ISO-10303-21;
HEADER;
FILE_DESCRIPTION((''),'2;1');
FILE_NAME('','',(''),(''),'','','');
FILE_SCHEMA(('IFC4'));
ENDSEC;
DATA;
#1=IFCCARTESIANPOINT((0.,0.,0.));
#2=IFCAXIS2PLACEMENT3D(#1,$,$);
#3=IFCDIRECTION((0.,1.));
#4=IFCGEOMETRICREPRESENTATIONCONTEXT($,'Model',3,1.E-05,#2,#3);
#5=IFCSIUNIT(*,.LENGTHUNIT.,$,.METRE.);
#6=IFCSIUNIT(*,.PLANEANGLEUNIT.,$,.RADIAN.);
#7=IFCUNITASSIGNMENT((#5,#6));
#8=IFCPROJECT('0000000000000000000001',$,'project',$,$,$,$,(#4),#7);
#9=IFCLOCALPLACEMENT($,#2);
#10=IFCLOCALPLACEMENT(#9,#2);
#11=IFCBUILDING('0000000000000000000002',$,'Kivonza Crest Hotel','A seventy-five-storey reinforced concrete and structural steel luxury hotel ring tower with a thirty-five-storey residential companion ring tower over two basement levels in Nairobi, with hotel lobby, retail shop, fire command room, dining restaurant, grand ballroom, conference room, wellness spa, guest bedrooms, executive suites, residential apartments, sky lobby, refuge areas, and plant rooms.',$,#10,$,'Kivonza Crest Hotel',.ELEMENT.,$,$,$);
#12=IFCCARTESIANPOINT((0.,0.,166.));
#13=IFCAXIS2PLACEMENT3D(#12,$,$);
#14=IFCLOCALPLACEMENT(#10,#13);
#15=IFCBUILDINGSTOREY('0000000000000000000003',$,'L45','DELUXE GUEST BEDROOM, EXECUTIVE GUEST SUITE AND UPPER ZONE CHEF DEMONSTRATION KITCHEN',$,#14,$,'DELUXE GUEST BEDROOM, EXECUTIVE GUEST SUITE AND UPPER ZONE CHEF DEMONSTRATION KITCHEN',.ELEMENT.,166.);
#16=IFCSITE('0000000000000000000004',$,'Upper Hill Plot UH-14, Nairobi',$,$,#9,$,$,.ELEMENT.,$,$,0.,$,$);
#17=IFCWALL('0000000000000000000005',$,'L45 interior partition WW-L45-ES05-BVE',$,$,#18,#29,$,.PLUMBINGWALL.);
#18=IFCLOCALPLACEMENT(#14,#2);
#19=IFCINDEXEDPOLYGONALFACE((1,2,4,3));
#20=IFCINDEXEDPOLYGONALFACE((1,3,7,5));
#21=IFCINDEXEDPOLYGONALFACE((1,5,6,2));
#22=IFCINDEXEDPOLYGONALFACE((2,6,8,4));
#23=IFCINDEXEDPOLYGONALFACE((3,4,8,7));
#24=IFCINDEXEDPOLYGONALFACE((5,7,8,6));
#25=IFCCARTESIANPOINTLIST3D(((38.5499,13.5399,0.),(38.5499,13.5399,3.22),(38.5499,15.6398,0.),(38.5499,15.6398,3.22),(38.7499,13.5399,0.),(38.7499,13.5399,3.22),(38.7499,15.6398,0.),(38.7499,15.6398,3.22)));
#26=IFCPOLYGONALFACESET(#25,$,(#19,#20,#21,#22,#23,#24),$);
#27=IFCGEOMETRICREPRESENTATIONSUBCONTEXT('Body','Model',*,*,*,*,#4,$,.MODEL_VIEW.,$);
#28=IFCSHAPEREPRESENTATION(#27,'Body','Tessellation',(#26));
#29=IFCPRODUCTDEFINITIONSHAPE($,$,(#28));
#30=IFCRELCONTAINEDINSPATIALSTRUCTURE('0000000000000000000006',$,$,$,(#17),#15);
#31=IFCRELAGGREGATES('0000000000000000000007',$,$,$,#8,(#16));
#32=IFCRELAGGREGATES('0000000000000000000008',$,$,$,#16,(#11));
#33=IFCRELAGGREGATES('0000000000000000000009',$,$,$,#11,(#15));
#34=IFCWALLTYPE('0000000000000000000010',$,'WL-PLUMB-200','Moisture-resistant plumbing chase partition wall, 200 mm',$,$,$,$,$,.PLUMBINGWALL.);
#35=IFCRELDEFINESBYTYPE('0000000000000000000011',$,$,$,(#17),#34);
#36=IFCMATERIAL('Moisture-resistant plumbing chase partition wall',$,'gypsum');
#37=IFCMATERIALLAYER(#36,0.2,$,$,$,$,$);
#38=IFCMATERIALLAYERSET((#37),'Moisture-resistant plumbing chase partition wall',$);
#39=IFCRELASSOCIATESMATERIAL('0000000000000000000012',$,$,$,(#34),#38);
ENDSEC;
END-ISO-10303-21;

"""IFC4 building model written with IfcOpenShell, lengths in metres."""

from ifc_helpers import new_model, si_unit, direction, frame, frame_2d, origin, place, context, subcontext, project, spatial, rectangle, extrude, material, layer, layer_set, type_object, element, save


model = new_model("IFC4")

# Units and contexts
model_context = context("Model", 3, precision=1e-05, world=origin(), true_north=direction((0.0, 1.0)))
body_context = subcontext(model_context, "Body", "Model", "MODEL_VIEW")
ifc_project = project(units=[si_unit("LENGTHUNIT", "METRE"), si_unit("PLANEANGLEUNIT", "RADIAN")], contexts=[model_context])

# Site, building, storey
site_placement = place(None, origin())
site = spatial("IfcSite", under=ifc_project, at=site_placement, Name="Upper Hill Plot UH-14, Nairobi", CompositionType="ELEMENT", RefElevation=0.0)
building_placement = place(site_placement, origin())
building = spatial("IfcBuilding", under=site, at=building_placement, Name="Kivonza Crest Hotel", Description="A seventy-five-storey reinforced concrete and structural steel luxury hotel ring tower with a thirty-five-storey residential companion ring tower over two basement levels in Nairobi, with hotel lobby, retail shop, fire command room, dining restaurant, grand ballroom, conference room, wellness spa, guest bedrooms, executive suites, residential apartments, sky lobby, refuge areas, and plant rooms.", LongName="Kivonza Crest Hotel", CompositionType="ELEMENT")
storey_placement = place(building_placement, frame((0.0, 0.0, 166.0)))
storey = spatial("IfcBuildingStorey", under=building, at=storey_placement, Name="L45", Description="DELUXE GUEST BEDROOM, EXECUTIVE GUEST SUITE AND UPPER ZONE CHEF DEMONSTRATION KITCHEN", LongName="DELUXE GUEST BEDROOM, EXECUTIVE GUEST SUITE AND UPPER ZONE CHEF DEMONSTRATION KITCHEN", CompositionType="ELEMENT", Elevation=166.0)

# Shared definitions
ifc_material_1 = material(Name="Moisture-resistant plumbing chase partition wall", Category="gypsum")
ifc_layer_1 = layer(ifc_material_1, 0.2)
ifc_layer_set_1 = layer_set([ifc_layer_1], Name="Moisture-resistant plumbing chase partition wall")
wall_type_1 = type_object("IfcWallType", Name="WL-PLUMB-200", Description="Moisture-resistant plumbing chase partition wall, 200 mm", PredefinedType="PLUMBINGWALL", material=ifc_layer_set_1)

# Wall
wall_1_placement = place(storey_placement, frame((38.6499, 13.54, 0.0), z_axis=(0.0, 0.0, 1.0), x_axis=(0.0, 1.0, 0.0)))
element("IfcWall", 1, at=wall_1_placement, inside=storey, type_object=wall_type_1, Name="L45 interior partition WW-L45-ES05-BVE", PredefinedType="PLUMBINGWALL", context=body_context, shape_type="SweptSolid", body=[
    extrude(rectangle(XDim=2.0999, YDim=0.2, at=frame_2d((1.0498, 0.0))), origin(), (0.0, 0.0, 1.0), 3.22),
])

save(model, "model.ifc")
